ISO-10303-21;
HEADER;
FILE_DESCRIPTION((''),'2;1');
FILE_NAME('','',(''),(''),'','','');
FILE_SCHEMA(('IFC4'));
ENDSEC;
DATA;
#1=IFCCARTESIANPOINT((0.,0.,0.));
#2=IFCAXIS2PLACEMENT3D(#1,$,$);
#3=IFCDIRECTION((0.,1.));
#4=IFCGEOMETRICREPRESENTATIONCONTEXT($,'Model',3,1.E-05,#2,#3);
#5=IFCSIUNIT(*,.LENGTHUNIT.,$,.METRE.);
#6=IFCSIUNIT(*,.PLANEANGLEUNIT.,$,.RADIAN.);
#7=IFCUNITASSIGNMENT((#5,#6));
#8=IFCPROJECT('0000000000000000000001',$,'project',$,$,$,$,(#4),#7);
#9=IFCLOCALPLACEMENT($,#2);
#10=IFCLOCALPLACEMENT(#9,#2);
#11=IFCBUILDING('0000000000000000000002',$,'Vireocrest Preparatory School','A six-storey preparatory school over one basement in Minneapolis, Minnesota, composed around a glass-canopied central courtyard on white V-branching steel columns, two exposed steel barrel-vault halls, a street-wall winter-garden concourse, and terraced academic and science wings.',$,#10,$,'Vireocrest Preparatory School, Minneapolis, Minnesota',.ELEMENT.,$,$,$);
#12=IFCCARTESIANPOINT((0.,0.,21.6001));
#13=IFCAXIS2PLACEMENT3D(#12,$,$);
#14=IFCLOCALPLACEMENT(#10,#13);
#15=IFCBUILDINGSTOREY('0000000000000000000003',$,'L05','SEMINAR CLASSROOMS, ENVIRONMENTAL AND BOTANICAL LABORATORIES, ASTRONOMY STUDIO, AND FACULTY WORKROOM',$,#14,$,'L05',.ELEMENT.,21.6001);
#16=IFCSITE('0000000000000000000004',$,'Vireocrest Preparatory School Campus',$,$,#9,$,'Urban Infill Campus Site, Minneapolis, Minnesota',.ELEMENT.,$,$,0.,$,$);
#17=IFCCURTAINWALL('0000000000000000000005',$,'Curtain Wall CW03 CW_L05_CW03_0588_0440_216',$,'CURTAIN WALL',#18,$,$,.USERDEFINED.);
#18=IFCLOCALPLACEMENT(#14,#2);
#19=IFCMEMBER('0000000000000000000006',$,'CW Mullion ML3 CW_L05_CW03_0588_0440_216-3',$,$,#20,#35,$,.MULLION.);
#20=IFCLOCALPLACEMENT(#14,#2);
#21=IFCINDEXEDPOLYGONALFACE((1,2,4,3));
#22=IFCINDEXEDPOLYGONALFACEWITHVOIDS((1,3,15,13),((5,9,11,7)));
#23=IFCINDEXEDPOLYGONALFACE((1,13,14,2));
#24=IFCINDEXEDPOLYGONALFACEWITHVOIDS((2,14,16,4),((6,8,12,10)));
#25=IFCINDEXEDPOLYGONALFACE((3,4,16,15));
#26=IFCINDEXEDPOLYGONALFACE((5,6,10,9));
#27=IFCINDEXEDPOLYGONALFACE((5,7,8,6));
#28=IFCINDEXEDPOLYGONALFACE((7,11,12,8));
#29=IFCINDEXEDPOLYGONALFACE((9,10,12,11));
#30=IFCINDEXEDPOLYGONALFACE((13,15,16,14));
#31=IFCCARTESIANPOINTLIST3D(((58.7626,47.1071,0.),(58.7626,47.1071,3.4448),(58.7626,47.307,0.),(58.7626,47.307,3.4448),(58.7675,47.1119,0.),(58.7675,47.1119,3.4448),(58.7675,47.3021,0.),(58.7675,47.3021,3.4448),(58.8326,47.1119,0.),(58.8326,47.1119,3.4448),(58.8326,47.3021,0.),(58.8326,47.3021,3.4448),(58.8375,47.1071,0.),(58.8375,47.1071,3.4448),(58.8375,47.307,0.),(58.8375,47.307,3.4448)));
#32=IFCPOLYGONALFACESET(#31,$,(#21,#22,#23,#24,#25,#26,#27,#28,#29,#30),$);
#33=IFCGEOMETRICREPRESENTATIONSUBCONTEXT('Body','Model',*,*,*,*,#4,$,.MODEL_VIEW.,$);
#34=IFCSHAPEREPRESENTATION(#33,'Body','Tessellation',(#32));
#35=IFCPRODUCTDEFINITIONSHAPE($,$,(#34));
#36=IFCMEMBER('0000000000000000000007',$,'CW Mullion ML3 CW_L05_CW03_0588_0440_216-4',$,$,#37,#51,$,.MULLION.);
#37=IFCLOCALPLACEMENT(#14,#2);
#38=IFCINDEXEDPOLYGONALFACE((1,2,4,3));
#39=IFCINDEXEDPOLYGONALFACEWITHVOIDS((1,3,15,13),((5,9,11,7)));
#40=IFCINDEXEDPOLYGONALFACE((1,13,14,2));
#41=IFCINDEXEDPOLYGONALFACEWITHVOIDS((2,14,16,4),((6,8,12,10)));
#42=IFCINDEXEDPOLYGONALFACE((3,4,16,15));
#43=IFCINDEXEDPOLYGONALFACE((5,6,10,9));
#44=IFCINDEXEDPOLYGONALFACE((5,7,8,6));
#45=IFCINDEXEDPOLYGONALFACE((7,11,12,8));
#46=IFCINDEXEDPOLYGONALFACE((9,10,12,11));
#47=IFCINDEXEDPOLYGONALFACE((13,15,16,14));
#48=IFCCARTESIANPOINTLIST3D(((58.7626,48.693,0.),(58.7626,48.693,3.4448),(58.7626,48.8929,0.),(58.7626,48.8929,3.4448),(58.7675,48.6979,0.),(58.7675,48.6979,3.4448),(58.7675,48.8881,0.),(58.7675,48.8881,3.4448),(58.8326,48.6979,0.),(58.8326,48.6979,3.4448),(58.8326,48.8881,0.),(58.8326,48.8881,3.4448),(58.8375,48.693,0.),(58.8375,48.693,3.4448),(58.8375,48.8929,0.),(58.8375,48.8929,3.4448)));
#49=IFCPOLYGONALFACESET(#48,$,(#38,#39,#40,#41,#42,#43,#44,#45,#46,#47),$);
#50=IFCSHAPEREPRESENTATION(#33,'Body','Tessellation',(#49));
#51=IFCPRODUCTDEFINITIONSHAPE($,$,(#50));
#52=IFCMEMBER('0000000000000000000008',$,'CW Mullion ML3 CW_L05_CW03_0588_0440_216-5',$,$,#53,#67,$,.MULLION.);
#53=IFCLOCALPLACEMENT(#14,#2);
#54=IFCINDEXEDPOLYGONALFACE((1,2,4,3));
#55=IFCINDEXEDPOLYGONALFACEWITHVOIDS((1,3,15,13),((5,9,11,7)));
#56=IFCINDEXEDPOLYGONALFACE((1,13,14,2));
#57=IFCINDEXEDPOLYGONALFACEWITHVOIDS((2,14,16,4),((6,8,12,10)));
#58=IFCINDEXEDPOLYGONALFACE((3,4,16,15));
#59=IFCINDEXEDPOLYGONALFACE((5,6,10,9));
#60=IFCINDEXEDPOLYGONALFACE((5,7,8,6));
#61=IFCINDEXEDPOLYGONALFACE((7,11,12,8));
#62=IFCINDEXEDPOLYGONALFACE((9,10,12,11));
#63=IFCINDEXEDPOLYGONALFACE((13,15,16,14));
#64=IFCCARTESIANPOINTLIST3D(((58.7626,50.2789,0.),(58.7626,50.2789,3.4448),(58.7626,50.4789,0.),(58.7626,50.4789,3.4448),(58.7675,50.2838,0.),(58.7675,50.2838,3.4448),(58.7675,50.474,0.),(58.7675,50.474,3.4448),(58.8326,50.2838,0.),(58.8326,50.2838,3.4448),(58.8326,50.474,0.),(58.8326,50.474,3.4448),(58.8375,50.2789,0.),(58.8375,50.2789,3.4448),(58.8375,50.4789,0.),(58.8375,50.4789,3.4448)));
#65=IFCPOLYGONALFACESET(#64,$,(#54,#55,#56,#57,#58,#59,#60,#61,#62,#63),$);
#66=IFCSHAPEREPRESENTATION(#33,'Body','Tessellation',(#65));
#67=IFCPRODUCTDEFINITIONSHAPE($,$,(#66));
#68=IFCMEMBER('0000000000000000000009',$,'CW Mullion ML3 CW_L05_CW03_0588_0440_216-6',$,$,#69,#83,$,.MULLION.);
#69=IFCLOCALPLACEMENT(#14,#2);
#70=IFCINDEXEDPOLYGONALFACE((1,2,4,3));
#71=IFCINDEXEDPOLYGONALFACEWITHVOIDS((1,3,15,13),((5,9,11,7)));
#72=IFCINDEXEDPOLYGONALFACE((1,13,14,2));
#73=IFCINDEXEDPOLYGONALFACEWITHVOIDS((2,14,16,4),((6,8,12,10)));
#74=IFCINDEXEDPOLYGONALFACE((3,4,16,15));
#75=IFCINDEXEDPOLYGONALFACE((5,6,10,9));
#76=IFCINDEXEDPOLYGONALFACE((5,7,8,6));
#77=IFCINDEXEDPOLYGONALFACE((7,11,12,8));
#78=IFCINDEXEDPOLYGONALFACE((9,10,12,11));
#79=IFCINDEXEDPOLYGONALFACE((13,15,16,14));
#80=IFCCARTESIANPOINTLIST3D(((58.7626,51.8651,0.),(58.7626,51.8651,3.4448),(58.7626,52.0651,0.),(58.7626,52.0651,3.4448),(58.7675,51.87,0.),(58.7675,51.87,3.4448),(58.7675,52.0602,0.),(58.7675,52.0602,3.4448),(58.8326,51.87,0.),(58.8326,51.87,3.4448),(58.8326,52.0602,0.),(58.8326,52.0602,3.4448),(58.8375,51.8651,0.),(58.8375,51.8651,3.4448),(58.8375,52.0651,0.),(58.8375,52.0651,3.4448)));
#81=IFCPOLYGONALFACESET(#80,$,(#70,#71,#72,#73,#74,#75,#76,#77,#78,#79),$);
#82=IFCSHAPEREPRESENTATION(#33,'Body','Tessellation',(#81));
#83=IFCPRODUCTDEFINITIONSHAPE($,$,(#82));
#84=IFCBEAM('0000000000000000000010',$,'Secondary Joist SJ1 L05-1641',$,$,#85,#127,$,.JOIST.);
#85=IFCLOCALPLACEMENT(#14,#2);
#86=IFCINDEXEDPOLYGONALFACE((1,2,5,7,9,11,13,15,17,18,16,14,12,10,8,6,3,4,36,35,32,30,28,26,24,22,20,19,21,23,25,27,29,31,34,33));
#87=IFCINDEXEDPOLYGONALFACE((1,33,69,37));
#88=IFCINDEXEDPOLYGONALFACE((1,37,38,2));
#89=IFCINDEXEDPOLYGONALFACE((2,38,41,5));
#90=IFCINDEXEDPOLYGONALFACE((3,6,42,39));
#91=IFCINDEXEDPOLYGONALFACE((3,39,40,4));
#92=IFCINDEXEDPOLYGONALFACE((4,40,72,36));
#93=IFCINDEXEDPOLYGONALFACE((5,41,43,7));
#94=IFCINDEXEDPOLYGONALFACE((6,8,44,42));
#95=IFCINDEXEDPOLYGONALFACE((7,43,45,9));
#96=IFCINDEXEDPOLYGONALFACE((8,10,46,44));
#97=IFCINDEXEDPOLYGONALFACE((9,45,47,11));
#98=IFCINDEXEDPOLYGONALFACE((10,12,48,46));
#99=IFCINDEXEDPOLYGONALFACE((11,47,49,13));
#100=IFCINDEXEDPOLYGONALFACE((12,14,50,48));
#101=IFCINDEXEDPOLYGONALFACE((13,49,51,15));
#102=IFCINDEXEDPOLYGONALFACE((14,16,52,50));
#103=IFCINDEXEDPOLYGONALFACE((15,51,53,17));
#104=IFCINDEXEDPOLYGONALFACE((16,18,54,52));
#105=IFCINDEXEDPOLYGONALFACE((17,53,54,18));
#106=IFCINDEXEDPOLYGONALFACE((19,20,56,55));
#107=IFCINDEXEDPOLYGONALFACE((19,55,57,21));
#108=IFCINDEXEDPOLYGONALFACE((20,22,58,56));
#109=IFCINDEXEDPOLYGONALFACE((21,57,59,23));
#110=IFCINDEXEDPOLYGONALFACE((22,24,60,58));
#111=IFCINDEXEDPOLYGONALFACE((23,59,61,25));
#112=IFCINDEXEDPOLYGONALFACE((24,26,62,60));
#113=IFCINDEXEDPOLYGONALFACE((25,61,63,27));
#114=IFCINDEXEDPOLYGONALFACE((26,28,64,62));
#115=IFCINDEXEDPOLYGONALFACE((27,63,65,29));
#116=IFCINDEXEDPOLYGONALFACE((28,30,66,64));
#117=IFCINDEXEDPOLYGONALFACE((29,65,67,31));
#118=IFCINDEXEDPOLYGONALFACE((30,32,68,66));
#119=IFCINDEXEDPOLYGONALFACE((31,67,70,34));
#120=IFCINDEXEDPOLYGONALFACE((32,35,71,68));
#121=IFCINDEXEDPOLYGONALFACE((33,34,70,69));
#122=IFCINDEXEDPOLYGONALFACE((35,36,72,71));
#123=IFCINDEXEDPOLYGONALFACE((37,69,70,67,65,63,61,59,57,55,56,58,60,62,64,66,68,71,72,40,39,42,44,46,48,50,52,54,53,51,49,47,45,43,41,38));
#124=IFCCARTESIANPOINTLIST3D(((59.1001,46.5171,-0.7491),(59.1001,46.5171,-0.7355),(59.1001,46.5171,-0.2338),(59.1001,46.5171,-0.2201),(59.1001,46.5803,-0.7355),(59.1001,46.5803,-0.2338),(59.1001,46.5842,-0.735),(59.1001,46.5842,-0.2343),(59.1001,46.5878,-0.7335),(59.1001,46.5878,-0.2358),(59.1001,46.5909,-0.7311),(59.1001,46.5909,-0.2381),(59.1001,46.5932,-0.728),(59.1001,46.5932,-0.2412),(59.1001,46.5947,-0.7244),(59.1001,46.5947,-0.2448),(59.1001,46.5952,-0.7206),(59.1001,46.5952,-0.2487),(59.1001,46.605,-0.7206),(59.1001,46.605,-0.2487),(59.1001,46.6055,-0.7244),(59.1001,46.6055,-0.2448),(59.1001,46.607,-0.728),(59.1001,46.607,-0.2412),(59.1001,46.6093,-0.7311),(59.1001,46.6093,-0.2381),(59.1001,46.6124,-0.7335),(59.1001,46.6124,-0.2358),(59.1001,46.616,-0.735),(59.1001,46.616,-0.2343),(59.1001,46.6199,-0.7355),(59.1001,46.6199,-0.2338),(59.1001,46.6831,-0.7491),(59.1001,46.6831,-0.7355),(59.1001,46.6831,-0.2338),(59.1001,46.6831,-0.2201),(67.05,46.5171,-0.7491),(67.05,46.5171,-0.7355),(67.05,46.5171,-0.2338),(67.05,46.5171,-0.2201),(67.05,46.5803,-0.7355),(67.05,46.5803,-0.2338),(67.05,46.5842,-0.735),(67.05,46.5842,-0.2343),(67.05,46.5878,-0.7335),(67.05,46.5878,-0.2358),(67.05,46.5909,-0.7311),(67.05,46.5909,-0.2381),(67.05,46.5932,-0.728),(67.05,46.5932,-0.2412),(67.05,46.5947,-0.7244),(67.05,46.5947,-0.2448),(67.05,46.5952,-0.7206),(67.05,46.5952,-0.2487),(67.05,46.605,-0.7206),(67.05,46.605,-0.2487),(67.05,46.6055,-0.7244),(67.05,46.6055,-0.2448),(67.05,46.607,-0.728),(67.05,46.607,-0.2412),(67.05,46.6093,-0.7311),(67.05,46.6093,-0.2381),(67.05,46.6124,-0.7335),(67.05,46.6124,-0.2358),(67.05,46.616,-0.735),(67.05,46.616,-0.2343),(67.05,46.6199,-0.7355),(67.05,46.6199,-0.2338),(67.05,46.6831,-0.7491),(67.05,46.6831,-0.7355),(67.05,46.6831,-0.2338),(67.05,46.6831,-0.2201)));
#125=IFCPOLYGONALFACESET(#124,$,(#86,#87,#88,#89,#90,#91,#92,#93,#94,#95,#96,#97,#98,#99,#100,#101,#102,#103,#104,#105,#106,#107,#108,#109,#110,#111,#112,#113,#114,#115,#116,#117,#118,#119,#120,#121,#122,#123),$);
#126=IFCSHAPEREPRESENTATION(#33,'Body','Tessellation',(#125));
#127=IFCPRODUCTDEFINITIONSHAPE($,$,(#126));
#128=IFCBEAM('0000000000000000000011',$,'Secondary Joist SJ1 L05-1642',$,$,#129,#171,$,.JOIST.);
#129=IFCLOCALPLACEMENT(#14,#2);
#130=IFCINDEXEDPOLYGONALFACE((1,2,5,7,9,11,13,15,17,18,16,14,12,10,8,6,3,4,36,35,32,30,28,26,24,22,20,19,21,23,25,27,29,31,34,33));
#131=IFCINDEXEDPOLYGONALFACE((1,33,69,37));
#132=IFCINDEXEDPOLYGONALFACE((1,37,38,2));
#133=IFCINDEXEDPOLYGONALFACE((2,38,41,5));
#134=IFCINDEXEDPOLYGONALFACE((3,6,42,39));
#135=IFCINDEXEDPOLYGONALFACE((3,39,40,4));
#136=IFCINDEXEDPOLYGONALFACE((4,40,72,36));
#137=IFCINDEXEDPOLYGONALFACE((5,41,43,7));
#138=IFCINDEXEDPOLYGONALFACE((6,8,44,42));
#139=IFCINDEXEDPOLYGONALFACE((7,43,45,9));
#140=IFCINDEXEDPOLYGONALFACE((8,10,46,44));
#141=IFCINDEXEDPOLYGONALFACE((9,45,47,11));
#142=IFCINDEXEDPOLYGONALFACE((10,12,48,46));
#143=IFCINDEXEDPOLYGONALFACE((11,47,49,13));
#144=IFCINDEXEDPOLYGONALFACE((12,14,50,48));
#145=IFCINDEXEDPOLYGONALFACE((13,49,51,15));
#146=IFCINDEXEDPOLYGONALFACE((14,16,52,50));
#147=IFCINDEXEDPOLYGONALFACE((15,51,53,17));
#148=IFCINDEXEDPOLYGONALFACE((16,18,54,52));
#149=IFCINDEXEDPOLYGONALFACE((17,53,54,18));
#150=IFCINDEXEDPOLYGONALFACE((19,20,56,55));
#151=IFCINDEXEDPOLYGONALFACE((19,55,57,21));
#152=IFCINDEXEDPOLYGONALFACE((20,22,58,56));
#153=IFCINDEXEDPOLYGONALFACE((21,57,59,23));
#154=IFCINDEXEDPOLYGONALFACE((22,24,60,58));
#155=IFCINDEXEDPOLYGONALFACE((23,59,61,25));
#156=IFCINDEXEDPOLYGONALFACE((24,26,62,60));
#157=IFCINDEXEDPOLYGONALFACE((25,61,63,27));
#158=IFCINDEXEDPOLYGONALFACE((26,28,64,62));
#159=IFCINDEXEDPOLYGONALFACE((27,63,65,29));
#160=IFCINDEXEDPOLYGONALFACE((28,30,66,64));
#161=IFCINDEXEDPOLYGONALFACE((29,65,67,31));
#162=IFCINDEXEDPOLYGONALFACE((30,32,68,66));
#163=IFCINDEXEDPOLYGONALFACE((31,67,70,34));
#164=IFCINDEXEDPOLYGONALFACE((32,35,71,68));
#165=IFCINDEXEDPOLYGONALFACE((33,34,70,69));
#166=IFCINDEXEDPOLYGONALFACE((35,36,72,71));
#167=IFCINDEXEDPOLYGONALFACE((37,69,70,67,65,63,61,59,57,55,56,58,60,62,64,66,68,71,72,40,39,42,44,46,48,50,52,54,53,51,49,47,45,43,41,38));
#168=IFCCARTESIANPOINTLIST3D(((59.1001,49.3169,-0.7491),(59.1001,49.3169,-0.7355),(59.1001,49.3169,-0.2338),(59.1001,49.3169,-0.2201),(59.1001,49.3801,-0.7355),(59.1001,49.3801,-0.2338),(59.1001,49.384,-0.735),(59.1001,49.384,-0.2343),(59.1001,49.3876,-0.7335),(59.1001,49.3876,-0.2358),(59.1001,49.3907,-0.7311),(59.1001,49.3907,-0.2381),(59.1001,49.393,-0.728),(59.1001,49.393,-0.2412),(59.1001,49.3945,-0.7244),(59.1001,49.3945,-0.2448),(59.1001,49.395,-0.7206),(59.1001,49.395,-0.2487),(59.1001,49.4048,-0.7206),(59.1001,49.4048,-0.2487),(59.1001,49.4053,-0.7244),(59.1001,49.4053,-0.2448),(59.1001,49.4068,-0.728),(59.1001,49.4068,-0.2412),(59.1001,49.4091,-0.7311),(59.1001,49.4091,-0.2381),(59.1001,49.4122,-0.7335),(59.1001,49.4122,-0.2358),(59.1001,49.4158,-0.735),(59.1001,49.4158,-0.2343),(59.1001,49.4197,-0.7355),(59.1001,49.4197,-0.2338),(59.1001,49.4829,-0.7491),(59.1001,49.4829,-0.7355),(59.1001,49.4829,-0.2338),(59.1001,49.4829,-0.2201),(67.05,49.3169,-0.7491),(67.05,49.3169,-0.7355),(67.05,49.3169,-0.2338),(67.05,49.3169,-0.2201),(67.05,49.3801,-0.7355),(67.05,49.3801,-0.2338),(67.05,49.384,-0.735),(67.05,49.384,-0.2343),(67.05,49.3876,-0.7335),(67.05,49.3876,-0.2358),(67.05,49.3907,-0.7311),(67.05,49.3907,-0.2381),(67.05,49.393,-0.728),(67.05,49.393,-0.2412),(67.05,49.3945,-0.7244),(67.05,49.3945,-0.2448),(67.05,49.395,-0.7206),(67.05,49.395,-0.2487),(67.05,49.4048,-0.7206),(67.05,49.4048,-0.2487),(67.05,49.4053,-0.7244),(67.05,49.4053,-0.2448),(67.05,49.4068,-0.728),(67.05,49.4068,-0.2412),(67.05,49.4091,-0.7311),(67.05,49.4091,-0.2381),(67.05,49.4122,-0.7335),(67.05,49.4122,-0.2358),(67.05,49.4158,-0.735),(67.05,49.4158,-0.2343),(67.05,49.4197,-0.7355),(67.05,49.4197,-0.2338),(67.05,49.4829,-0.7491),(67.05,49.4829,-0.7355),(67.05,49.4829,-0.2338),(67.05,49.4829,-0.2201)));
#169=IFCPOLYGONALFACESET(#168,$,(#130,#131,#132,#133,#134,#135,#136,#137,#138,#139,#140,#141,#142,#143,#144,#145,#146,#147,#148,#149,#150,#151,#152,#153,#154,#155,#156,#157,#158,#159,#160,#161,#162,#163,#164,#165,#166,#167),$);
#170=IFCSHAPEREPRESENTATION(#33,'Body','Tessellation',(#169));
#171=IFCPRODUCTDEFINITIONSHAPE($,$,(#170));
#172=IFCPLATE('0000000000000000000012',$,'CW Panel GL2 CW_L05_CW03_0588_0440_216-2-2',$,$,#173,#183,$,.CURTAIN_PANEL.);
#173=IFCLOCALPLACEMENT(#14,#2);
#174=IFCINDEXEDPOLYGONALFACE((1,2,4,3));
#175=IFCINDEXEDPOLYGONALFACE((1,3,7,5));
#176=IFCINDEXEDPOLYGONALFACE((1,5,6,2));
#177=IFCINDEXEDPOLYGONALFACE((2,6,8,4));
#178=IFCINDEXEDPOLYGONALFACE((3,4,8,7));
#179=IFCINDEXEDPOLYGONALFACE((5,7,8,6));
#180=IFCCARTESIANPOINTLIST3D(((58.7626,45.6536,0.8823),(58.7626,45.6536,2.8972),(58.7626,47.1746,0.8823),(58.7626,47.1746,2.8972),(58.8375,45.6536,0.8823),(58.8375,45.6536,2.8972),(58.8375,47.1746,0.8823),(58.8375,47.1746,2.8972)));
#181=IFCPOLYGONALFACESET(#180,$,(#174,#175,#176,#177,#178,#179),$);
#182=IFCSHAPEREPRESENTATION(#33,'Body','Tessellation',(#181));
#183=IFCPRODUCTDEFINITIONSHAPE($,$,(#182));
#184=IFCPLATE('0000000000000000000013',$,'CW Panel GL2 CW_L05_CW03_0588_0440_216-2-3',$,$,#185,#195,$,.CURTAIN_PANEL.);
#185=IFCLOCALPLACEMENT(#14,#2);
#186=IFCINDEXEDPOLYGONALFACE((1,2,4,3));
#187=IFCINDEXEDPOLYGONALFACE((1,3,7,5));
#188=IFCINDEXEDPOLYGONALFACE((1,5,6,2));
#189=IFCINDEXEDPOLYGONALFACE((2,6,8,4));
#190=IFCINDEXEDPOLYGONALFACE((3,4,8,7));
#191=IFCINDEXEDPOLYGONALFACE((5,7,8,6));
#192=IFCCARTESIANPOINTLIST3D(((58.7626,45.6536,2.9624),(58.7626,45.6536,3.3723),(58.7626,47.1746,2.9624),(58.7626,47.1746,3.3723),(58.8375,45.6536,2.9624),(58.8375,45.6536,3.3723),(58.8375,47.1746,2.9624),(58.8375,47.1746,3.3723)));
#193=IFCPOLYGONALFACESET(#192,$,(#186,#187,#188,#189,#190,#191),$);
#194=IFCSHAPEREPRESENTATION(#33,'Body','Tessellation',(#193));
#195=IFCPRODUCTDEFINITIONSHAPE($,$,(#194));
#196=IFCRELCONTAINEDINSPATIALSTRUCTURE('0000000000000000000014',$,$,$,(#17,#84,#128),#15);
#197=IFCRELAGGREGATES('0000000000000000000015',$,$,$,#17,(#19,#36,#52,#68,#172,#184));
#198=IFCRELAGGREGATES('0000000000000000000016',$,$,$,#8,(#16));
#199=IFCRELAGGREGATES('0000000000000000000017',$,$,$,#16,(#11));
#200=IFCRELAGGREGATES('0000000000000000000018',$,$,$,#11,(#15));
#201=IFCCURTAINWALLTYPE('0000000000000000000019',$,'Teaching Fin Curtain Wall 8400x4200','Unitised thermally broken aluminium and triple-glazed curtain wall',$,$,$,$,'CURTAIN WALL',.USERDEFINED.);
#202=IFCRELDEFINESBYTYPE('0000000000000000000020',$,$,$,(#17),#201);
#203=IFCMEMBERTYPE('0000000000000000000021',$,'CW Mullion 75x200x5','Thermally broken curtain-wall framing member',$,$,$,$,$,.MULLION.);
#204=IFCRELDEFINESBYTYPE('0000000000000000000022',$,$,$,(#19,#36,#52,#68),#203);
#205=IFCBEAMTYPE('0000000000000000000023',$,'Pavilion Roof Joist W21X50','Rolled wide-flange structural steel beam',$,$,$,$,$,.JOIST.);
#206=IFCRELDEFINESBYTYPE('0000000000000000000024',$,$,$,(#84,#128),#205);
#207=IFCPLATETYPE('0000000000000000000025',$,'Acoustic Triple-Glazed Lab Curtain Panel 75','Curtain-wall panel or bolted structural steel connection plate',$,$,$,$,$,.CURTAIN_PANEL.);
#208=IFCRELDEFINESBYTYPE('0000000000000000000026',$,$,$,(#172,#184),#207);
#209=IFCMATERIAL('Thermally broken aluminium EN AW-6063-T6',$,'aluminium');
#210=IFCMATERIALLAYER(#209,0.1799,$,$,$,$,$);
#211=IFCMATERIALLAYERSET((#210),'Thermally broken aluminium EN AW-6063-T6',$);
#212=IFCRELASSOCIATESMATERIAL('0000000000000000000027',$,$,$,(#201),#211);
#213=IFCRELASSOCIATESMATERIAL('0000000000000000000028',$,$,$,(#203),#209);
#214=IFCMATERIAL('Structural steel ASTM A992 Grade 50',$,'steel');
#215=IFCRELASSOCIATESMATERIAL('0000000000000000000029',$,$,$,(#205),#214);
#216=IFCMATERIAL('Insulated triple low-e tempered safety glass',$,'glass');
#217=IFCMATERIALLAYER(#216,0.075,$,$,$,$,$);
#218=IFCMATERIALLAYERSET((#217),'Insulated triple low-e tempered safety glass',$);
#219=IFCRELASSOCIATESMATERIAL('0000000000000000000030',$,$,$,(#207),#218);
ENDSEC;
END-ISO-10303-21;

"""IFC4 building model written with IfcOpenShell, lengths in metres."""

from ifc_helpers import new_model, si_unit, direction, frame, origin, origin_2d, place, context, subcontext, project, spatial, rectangle, hollow_rectangle, i_section, extrude, material, layer, layer_set, material_profile, profile_set, type_object, element, aggregate, save


model = new_model("IFC4")

# Units and contexts
model_context = context("Model", 3, precision=1e-05, world=origin(), true_north=direction((0.0, 1.0)))
body_context = subcontext(model_context, "Body", "Model", "MODEL_VIEW")
ifc_project = project(units=[si_unit("LENGTHUNIT", "METRE"), si_unit("PLANEANGLEUNIT", "RADIAN")], contexts=[model_context])

# Site, building, storey
site_placement = place(None, origin())
site = spatial("IfcSite", under=ifc_project, at=site_placement, Name="Vireocrest Preparatory School Campus", LongName="Urban Infill Campus Site, Minneapolis, Minnesota", CompositionType="ELEMENT", RefElevation=0.0)
building_placement = place(site_placement, origin())
building = spatial("IfcBuilding", under=site, at=building_placement, Name="Vireocrest Preparatory School", Description="A six-storey preparatory school over one basement in Minneapolis, Minnesota, composed around a glass-canopied central courtyard on white V-branching steel columns, two exposed steel barrel-vault halls, a street-wall winter-garden concourse, and terraced academic and science wings.", LongName="Vireocrest Preparatory School, Minneapolis, Minnesota", CompositionType="ELEMENT")
storey_placement = place(building_placement, frame((0.0, 0.0, 21.6001)))
storey = spatial("IfcBuildingStorey", under=building, at=storey_placement, Name="L05", Description="SEMINAR CLASSROOMS, ENVIRONMENTAL AND BOTANICAL LABORATORIES, ASTRONOMY STUDIO, AND FACULTY WORKROOM", LongName="L05", CompositionType="ELEMENT", Elevation=21.6001)

# Curtain wall, members
ifc_material_1 = material(Name="Thermally broken aluminium EN AW-6063-T6", Category="aluminium")
ifc_layer_1 = layer(ifc_material_1, 0.1799)
ifc_layer_set_1 = layer_set([ifc_layer_1], Name="Thermally broken aluminium EN AW-6063-T6")
curtain_wall_type = type_object("IfcCurtainWallType", Name="Teaching Fin Curtain Wall 8400x4200", Description="Unitised thermally broken aluminium and triple-glazed curtain wall", ElementType="CURTAIN WALL", PredefinedType="USERDEFINED", material=ifc_layer_set_1)
curtain_wall_placement = place(storey_placement, origin())
curtain_wall = element("IfcCurtainWall", 1, at=curtain_wall_placement, inside=storey, type_object=curtain_wall_type, Name="Curtain Wall CW03 CW_L05_CW03_0588_0440_216", ObjectType="CURTAIN WALL", PredefinedType="USERDEFINED")
ifc_material_profile_1 = material_profile(ifc_material_1, hollow_rectangle(XDim=0.075, YDim=0.2, WallThickness=0.0049, at=origin_2d()), Name="ALU 75x200x5")
ifc_profile_set_1 = profile_set([ifc_material_profile_1], Name="Thermally broken aluminium EN AW-6063-T6")
member_type = type_object("IfcMemberType", Name="CW Mullion 75x200x5", Description="Thermally broken curtain-wall framing member", PredefinedType="MULLION", material=ifc_profile_set_1)
member_1_placement = place(storey_placement, frame((58.8, 47.207, 0.0), z_axis=(0.0, 0.0, 1.0), x_axis=(1.0, 0.0, 0.0)))
member_1 = element("IfcMember", 2, at=member_1_placement, type_object=member_type, Name="CW Mullion ML3 CW_L05_CW03_0588_0440_216-3", PredefinedType="MULLION", context=body_context, shape_type="SweptSolid", body=[
    extrude(hollow_rectangle(XDim=0.075, YDim=0.2, WallThickness=0.0049, at=origin_2d()), origin(), (0.0, 0.0, 1.0), 3.4448),
])
member_2_placement = place(storey_placement, frame((58.8, 48.793, 0.0), z_axis=(0.0, 0.0, 1.0), x_axis=(1.0, 0.0, 0.0)))
member_2 = element("IfcMember", 3, at=member_2_placement, type_object=member_type, Name="CW Mullion ML3 CW_L05_CW03_0588_0440_216-4", PredefinedType="MULLION", context=body_context, shape_type="SweptSolid", body=[
    extrude(hollow_rectangle(XDim=0.075, YDim=0.2, WallThickness=0.0049, at=origin_2d()), origin(), (0.0, 0.0, 1.0), 3.4448),
])
member_3_placement = place(storey_placement, frame((58.8, 50.3789, 0.0), z_axis=(0.0, 0.0, 1.0), x_axis=(1.0, 0.0, 0.0)))
member_3 = element("IfcMember", 4, at=member_3_placement, type_object=member_type, Name="CW Mullion ML3 CW_L05_CW03_0588_0440_216-5", PredefinedType="MULLION", context=body_context, shape_type="SweptSolid", body=[
    extrude(hollow_rectangle(XDim=0.075, YDim=0.2, WallThickness=0.0049, at=origin_2d()), origin(), (0.0, 0.0, 1.0), 3.4448),
])
member_4_placement = place(storey_placement, frame((58.8, 51.9651, 0.0), z_axis=(0.0, 0.0, 1.0), x_axis=(1.0, 0.0, 0.0)))
member_4 = element("IfcMember", 5, at=member_4_placement, type_object=member_type, Name="CW Mullion ML3 CW_L05_CW03_0588_0440_216-6", PredefinedType="MULLION", context=body_context, shape_type="SweptSolid", body=[
    extrude(hollow_rectangle(XDim=0.075, YDim=0.2, WallThickness=0.0049, at=origin_2d()), origin(), (0.0, 0.0, 1.0), 3.4448),
])

# Beams
ifc_material_2 = material(Name="Structural steel ASTM A992 Grade 50", Category="steel")
ifc_material_profile_2 = material_profile(ifc_material_2, i_section(OverallWidth=0.166, OverallDepth=0.5291, WebThickness=0.0098, FlangeThickness=0.0137, FilletRadius=0.0149, at=origin_2d()), Name="W21X50")
ifc_profile_set_2 = profile_set([ifc_material_profile_2], Name="Structural steel ASTM A992 Grade 50")
beam_type = type_object("IfcBeamType", Name="Pavilion Roof Joist W21X50", Description="Rolled wide-flange structural steel beam", PredefinedType="JOIST", material=ifc_profile_set_2)
for number, where, z_axis, x_axis, name in (
    (6, (59.1001, 46.6001, -0.4846), (1.0, 0.0, 0.0), (0.0, 1.0, 0.0), "Secondary Joist SJ1 L05-1641"),
    (7, (59.1001, 49.3999, -0.4846), (1.0, 0.0, 0.0), (0.0, 1.0, 0.0), "Secondary Joist SJ1 L05-1642"),
):
    element("IfcBeam", number, at=place(storey_placement, frame(where, z_axis=z_axis, x_axis=x_axis)), inside=storey, type_object=beam_type, Name=name, PredefinedType="JOIST", context=body_context, shape_type="SweptSolid", body=[
        extrude(i_section(OverallWidth=0.166, OverallDepth=0.5291, WebThickness=0.0098, FlangeThickness=0.0137, FilletRadius=0.0149, at=origin_2d()), origin(), (0.0, 0.0, 1.0), 7.95),
    ])

# Plates
ifc_material_3 = material(Name="Insulated triple low-e tempered safety glass", Category="glass")
ifc_layer_2 = layer(ifc_material_3, 0.075)
ifc_layer_set_2 = layer_set([ifc_layer_2], Name="Insulated triple low-e tempered safety glass")
plate_type_1 = type_object("IfcPlateType", Name="Acoustic Triple-Glazed Lab Curtain Panel 75", Description="Curtain-wall panel or bolted structural steel connection plate", PredefinedType="CURTAIN_PANEL", material=ifc_layer_set_2)
plate_1_placement = place(storey_placement, frame((58.8, 46.4141, 0.8823), z_axis=(0.0, 0.0, 1.0), x_axis=(0.0, 1.0, 0.0)))
plate_1 = element("IfcPlate", 8, at=plate_1_placement, type_object=plate_type_1, Name="CW Panel GL2 CW_L05_CW03_0588_0440_216-2-2", PredefinedType="CURTAIN_PANEL", context=body_context, shape_type="SweptSolid", body=[
    extrude(rectangle(XDim=1.521, YDim=0.075, at=origin_2d()), origin(), (0.0, 0.0, 1.0), 2.0149),
])
plate_2_placement = place(storey_placement, frame((58.8, 46.4141, 2.9624), z_axis=(0.0, 0.0, 1.0), x_axis=(0.0, 1.0, 0.0)))
plate_2 = element("IfcPlate", 9, at=plate_2_placement, type_object=plate_type_1, Name="CW Panel GL2 CW_L05_CW03_0588_0440_216-2-3", PredefinedType="CURTAIN_PANEL", context=body_context, shape_type="SweptSolid", body=[
    extrude(rectangle(XDim=1.521, YDim=0.075, at=origin_2d()), origin(), (0.0, 0.0, 1.0), 0.4099),
])
aggregate(curtain_wall, [member_1, member_2, member_3, member_4, plate_1, plate_2])

save(model, "model.ifc")
